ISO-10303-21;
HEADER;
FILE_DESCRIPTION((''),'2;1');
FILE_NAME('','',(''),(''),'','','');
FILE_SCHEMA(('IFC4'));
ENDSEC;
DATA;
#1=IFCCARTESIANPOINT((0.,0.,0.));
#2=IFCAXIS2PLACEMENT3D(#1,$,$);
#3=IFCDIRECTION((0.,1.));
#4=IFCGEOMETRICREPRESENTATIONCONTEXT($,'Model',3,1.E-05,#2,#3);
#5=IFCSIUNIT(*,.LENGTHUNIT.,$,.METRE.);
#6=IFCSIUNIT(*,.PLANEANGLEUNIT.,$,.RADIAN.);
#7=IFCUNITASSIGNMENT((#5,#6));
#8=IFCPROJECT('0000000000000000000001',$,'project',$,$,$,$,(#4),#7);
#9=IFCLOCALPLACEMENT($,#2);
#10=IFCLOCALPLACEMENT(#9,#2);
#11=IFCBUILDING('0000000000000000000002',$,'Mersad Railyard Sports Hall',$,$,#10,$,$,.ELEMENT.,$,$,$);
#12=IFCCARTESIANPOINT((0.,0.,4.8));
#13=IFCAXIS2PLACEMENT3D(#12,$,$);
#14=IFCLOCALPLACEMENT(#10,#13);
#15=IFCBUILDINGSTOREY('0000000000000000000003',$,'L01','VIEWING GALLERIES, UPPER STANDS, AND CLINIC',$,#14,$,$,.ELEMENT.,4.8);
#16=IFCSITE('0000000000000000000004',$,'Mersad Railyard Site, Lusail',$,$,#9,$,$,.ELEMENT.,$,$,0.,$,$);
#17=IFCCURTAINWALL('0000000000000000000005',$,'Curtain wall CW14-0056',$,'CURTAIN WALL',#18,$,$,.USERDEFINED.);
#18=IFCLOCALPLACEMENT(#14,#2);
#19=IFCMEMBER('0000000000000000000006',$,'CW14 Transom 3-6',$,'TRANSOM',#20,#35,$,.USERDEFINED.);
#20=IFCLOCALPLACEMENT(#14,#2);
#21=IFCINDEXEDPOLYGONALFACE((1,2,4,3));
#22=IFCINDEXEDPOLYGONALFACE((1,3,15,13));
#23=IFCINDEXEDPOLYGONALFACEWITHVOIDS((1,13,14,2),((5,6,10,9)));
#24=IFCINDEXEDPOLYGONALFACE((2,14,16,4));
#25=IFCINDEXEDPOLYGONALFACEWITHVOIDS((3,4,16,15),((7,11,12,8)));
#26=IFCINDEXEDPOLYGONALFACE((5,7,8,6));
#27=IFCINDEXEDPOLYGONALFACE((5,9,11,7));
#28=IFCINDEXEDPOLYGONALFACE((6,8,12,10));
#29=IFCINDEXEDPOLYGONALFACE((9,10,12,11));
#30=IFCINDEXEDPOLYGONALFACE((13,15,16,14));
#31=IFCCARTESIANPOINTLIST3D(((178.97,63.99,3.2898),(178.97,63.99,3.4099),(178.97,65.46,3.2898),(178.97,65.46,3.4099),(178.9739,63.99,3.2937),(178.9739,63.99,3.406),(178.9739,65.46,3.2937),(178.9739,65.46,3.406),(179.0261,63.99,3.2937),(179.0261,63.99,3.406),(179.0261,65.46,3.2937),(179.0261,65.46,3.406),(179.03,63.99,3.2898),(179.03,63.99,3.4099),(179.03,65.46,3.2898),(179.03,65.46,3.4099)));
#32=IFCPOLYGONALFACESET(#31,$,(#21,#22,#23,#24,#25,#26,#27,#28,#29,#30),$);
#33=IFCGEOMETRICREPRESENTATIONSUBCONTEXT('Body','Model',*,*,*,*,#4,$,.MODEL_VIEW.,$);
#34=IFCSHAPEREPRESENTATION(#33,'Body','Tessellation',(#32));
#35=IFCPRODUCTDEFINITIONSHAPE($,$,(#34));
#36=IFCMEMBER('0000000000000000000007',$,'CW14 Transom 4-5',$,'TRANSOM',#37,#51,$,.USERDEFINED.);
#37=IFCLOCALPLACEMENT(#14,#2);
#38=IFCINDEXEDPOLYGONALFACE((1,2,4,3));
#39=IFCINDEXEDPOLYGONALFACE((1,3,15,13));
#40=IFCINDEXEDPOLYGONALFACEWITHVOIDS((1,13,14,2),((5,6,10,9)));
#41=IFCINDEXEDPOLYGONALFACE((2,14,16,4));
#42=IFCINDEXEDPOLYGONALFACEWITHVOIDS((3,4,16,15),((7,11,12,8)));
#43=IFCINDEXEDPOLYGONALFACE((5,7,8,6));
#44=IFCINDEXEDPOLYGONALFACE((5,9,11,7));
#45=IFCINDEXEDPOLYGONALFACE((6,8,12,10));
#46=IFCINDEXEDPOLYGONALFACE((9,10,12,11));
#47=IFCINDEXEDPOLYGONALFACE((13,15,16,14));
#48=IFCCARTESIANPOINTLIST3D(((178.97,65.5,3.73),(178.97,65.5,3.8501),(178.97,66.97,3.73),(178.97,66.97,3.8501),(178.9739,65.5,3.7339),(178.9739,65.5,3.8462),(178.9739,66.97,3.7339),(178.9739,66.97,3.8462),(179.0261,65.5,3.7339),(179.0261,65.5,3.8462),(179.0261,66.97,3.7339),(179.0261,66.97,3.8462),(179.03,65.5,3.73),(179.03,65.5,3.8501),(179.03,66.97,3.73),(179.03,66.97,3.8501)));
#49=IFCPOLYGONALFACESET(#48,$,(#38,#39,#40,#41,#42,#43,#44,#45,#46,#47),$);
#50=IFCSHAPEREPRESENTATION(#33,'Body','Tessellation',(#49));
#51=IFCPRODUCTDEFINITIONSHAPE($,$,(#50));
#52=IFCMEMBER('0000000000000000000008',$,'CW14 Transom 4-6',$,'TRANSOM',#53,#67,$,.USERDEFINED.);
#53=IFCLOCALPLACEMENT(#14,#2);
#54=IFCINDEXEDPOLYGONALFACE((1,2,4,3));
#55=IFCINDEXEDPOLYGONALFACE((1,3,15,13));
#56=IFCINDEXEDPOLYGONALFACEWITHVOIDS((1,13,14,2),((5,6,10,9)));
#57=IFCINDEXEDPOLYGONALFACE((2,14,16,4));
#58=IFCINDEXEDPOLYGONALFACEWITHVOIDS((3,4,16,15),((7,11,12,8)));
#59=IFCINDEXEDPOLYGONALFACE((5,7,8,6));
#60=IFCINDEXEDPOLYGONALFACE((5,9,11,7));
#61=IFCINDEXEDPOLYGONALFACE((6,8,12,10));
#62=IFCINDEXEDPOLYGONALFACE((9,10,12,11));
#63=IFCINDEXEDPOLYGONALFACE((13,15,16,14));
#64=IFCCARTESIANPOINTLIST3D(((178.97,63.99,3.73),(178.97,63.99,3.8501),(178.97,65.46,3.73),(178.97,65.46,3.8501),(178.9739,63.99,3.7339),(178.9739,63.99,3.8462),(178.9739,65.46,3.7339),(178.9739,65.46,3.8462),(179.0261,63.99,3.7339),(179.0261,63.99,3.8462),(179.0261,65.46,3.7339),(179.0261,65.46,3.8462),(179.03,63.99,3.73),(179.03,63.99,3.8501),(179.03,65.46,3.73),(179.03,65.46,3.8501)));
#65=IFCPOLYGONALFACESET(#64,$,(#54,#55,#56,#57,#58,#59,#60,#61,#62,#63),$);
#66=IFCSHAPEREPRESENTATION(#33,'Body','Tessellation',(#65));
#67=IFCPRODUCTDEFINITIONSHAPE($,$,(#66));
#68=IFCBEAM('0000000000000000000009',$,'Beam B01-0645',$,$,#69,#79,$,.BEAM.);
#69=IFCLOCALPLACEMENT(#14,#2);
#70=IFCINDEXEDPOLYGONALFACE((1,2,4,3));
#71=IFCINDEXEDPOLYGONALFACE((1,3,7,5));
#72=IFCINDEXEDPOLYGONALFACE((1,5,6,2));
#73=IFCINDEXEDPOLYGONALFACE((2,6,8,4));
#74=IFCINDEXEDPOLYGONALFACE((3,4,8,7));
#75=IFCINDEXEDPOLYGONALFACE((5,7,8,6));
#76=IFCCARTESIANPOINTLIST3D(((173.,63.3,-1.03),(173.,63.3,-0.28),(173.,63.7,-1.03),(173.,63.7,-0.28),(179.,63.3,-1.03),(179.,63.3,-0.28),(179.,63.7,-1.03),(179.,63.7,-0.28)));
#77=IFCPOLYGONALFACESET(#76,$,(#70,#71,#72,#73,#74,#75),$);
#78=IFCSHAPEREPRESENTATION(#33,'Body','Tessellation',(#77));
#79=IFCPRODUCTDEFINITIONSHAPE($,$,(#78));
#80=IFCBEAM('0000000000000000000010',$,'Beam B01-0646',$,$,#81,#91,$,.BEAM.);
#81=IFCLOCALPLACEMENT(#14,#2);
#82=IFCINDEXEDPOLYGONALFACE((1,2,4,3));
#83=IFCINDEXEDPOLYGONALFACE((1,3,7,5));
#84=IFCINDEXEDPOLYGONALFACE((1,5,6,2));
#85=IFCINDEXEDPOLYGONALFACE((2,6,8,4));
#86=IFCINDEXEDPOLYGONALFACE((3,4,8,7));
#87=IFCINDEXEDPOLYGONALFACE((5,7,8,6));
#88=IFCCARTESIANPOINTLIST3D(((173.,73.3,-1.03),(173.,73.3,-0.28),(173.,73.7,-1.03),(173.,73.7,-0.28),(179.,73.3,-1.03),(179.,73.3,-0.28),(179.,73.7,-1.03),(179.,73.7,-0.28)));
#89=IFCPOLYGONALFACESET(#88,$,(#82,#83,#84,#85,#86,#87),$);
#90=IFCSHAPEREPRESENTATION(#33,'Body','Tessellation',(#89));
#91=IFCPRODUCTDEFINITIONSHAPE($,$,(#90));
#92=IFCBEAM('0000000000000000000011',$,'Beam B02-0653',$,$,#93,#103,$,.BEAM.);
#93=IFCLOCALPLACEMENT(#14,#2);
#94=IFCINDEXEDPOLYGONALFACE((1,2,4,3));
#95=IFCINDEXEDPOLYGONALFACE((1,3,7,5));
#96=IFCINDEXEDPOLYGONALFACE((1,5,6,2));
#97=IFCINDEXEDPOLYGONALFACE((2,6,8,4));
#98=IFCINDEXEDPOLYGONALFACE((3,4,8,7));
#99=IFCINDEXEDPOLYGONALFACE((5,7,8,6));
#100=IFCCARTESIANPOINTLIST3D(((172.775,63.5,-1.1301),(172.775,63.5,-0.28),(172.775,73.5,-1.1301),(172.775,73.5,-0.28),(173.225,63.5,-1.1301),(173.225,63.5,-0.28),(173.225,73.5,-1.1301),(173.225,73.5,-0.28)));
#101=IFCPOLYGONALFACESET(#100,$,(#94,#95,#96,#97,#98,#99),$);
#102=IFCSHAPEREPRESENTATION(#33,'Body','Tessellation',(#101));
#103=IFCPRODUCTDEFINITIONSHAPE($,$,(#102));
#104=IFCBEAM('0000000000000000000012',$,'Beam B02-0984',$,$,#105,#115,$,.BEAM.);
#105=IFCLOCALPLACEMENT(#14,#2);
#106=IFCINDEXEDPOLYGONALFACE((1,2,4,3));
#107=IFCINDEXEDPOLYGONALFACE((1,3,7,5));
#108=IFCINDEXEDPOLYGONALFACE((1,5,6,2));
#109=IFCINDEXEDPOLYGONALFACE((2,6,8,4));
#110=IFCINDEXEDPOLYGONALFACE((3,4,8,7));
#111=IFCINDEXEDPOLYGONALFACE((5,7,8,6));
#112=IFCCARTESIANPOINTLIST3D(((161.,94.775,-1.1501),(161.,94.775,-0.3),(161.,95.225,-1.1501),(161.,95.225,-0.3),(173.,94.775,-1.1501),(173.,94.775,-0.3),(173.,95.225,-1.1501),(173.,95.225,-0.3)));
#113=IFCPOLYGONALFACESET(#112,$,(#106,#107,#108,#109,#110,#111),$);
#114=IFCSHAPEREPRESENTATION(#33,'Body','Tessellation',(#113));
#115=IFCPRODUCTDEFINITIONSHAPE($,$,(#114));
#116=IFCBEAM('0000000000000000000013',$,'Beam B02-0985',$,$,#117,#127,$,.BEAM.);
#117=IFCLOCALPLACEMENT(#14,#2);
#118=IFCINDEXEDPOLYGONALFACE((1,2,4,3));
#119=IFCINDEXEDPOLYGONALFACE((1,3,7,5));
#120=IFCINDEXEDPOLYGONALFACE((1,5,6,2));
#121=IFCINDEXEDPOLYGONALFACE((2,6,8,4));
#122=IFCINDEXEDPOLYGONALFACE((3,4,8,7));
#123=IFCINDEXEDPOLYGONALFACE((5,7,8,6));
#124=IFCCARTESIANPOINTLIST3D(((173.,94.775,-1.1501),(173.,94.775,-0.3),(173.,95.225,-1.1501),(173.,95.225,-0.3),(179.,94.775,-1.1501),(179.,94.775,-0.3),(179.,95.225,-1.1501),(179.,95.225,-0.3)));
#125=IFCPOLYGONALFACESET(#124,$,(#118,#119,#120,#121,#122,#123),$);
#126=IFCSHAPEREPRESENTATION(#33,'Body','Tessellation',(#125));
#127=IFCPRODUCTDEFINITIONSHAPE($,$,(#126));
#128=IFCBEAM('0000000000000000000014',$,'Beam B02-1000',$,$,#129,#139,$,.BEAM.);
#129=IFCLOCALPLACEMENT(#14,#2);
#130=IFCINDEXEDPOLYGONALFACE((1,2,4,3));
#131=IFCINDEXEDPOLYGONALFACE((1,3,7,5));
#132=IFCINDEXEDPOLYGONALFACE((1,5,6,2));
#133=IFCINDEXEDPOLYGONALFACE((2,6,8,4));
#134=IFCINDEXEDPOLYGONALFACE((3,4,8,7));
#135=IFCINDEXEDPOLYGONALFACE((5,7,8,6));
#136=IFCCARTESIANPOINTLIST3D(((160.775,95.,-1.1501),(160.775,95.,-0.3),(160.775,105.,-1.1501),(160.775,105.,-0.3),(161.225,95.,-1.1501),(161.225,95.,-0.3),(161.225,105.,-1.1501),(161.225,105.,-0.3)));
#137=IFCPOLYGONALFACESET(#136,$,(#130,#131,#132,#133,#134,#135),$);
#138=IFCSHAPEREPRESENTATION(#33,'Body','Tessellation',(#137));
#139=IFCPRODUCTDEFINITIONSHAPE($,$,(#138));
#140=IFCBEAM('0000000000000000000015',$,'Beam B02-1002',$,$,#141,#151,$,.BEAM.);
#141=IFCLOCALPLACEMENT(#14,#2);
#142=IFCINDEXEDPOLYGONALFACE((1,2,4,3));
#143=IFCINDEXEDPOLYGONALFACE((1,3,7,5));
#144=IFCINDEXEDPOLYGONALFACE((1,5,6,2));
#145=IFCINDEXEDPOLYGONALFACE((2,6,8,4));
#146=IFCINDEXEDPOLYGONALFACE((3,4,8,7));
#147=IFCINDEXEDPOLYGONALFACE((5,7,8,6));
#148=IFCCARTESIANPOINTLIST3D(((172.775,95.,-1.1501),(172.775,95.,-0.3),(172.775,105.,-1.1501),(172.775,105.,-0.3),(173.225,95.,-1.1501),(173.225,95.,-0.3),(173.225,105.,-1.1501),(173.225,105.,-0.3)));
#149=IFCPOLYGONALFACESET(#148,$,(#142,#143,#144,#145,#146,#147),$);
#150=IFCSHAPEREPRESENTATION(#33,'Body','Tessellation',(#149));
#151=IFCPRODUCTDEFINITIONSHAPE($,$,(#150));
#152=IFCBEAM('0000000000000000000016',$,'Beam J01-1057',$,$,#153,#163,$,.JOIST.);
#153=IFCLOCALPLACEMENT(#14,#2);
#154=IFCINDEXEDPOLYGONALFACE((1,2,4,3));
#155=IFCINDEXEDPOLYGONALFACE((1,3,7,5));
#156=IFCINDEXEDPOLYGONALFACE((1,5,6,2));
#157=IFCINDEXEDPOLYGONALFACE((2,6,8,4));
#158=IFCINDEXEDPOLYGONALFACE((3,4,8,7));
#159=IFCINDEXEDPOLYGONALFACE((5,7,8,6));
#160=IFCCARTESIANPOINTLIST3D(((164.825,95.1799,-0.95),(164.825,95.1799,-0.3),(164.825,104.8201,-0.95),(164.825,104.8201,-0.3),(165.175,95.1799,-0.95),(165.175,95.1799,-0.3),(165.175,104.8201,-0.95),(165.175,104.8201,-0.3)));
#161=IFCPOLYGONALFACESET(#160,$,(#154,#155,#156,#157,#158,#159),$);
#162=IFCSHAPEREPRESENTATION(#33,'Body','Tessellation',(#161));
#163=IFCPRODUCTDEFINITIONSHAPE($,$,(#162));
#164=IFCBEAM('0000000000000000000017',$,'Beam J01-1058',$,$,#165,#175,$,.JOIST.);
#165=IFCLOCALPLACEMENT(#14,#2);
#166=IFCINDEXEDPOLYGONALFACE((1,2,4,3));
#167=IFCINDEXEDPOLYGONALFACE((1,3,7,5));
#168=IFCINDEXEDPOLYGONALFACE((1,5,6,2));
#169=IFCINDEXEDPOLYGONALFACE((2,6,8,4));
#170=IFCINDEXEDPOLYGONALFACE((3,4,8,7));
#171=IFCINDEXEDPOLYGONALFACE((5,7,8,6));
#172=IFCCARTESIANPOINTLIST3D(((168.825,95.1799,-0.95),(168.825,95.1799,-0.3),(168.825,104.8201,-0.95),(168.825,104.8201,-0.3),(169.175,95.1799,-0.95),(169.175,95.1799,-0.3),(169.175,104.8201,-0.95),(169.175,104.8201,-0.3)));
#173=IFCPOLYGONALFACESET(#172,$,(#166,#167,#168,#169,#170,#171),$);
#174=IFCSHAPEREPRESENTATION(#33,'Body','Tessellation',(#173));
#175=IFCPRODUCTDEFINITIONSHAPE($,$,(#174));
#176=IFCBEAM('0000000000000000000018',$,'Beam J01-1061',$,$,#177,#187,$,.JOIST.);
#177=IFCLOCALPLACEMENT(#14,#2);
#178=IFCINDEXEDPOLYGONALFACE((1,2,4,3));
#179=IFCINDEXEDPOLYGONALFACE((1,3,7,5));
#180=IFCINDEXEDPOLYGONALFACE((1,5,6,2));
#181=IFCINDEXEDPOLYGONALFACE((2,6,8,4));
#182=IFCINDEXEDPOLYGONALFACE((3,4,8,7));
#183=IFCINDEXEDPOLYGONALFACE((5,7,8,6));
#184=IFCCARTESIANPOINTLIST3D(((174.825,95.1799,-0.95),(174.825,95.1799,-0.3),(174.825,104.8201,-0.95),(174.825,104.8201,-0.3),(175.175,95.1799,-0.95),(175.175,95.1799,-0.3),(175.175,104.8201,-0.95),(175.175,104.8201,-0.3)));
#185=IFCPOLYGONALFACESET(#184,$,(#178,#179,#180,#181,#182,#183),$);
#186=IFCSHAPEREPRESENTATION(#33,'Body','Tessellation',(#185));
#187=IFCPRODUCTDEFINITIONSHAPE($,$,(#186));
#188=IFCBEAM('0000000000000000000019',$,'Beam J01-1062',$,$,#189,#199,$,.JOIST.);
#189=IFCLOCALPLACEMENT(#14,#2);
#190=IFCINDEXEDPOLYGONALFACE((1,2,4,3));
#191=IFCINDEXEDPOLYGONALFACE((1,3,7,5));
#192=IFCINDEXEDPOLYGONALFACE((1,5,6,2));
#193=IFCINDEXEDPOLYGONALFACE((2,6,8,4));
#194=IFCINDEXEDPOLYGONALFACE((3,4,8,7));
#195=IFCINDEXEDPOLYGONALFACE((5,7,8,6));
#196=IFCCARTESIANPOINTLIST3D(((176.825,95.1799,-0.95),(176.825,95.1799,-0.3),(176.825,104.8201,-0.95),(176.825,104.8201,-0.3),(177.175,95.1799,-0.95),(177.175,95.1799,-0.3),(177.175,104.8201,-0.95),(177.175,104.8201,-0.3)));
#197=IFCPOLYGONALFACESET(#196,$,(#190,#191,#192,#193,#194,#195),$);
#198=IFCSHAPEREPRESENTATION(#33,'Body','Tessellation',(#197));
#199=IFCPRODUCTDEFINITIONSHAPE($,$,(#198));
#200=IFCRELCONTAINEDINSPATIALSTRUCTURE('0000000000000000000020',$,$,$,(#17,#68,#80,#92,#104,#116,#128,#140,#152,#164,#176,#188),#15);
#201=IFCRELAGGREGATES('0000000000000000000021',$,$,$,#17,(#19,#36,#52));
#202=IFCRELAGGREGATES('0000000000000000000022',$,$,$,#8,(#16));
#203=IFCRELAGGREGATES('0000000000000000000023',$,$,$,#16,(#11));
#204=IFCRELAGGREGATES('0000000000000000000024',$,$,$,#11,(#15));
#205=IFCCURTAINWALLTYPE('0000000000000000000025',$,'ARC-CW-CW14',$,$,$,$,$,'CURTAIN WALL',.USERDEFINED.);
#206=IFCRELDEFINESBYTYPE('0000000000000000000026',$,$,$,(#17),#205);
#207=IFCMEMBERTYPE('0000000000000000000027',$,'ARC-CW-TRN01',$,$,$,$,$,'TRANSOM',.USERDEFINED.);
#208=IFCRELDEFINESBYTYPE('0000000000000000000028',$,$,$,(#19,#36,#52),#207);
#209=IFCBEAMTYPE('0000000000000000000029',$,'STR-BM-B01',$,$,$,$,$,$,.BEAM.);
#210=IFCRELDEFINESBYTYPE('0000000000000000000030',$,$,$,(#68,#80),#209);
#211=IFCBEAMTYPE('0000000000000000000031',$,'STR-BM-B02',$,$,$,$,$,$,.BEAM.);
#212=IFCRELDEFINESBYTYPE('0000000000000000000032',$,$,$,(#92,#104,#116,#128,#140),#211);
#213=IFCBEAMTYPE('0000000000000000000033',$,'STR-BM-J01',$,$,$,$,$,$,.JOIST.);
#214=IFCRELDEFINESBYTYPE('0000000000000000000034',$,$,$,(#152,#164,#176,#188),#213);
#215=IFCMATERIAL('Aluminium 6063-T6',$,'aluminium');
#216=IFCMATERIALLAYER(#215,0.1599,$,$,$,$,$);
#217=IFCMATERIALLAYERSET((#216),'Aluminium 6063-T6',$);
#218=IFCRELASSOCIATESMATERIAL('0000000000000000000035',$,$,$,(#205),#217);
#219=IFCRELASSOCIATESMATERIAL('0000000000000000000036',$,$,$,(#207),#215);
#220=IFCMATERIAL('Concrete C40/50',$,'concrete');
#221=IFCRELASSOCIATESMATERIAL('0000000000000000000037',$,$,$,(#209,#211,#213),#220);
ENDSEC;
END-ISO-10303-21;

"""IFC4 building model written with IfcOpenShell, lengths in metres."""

from ifc_helpers import new_model, si_unit, direction, frame, origin, origin_2d, place, context, subcontext, project, spatial, rectangle, hollow_rectangle, extrude, material, layer, layer_set, material_profile, profile_set, type_object, element, aggregate, save


model = new_model("IFC4")

# Units and contexts
model_context = context("Model", 3, precision=1e-05, world=origin(), true_north=direction((0.0, 1.0)))
body_context = subcontext(model_context, "Body", "Model", "MODEL_VIEW")
ifc_project = project(units=[si_unit("LENGTHUNIT", "METRE"), si_unit("PLANEANGLEUNIT", "RADIAN")], contexts=[model_context])

# Site, building, storey
site_placement = place(None, origin())
site = spatial("IfcSite", under=ifc_project, at=site_placement, Name="Mersad Railyard Site, Lusail", CompositionType="ELEMENT", RefElevation=0.0)
building_placement = place(site_placement, origin())
building = spatial("IfcBuilding", under=site, at=building_placement, Name="Mersad Railyard Sports Hall", CompositionType="ELEMENT")
storey_placement = place(building_placement, frame((0.0, 0.0, 4.8)))
storey = spatial("IfcBuildingStorey", under=building, at=storey_placement, Name="L01", Description="VIEWING GALLERIES, UPPER STANDS, AND CLINIC", CompositionType="ELEMENT", Elevation=4.8)

# Shared definitions
ifc_material_1 = material(Name="Concrete C40/50", Category="concrete")

# Curtain wall, members
ifc_material_2 = material(Name="Aluminium 6063-T6", Category="aluminium")
ifc_layer_1 = layer(ifc_material_2, 0.1599)
ifc_layer_set_1 = layer_set([ifc_layer_1], Name="Aluminium 6063-T6")
curtain_wall_type = type_object("IfcCurtainWallType", Name="ARC-CW-CW14", ElementType="CURTAIN WALL", PredefinedType="USERDEFINED", material=ifc_layer_set_1)
curtain_wall_placement = place(storey_placement, origin())
curtain_wall = element("IfcCurtainWall", 1, at=curtain_wall_placement, inside=storey, type_object=curtain_wall_type, Name="Curtain wall CW14-0056", ObjectType="CURTAIN WALL", PredefinedType="USERDEFINED")
ifc_material_profile_1 = material_profile(ifc_material_2, hollow_rectangle(XDim=0.0601, YDim=0.1201, WallThickness=0.0039, at=origin_2d()), Name="AL TRANSOM 60x120x4")
ifc_profile_set_1 = profile_set([ifc_material_profile_1], Name="Aluminium 6063-T6")
member_type_1 = type_object("IfcMemberType", Name="ARC-CW-TRN01", ElementType="TRANSOM", PredefinedType="USERDEFINED", material=ifc_profile_set_1)
member_1_placement = place(storey_placement, frame((179.0, 65.46, 3.3499), z_axis=(0.0, -1.0, 0.0), x_axis=(1.0, 0.0, 0.0)))
member_1 = element("IfcMember", 2, at=member_1_placement, type_object=member_type_1, Name="CW14 Transom 3-6", ObjectType="TRANSOM", PredefinedType="USERDEFINED", context=body_context, shape_type="SweptSolid", body=[
    extrude(hollow_rectangle(XDim=0.0601, YDim=0.1201, WallThickness=0.0039, at=origin_2d()), origin(), (0.0, 0.0, 1.0), 1.47),
])
member_2_placement = place(storey_placement, frame((179.0, 66.97, 3.79), z_axis=(0.0, -1.0, 0.0), x_axis=(1.0, 0.0, 0.0)))
member_2 = element("IfcMember", 3, at=member_2_placement, type_object=member_type_1, Name="CW14 Transom 4-5", ObjectType="TRANSOM", PredefinedType="USERDEFINED", context=body_context, shape_type="SweptSolid", body=[
    extrude(hollow_rectangle(XDim=0.0601, YDim=0.1201, WallThickness=0.0039, at=origin_2d()), origin(), (0.0, 0.0, 1.0), 1.47),
])
member_3_placement = place(storey_placement, frame((179.0, 65.46, 3.79), z_axis=(0.0, -1.0, 0.0), x_axis=(1.0, 0.0, 0.0)))
member_3 = element("IfcMember", 4, at=member_3_placement, type_object=member_type_1, Name="CW14 Transom 4-6", ObjectType="TRANSOM", PredefinedType="USERDEFINED", context=body_context, shape_type="SweptSolid", body=[
    extrude(hollow_rectangle(XDim=0.0601, YDim=0.1201, WallThickness=0.0039, at=origin_2d()), origin(), (0.0, 0.0, 1.0), 1.47),
])

# Beams
ifc_material_profile_2 = material_profile(ifc_material_1, rectangle(XDim=0.3999, YDim=0.75, at=origin_2d()), Name="RC 400x750")
ifc_profile_set_2 = profile_set([ifc_material_profile_2], Name="Concrete C40/50")
beam_type_1 = type_object("IfcBeamType", Name="STR-BM-B01", PredefinedType="BEAM", material=ifc_profile_set_2)
for number, where, z_axis, x_axis, name in (
    (5, (173.0, 63.5, -0.655), (1.0, 0.0, 0.0), (0.0, 1.0, 0.0), "Beam B01-0645"),
    (6, (173.0, 73.5, -0.655), (1.0, 0.0, 0.0), (0.0, 1.0, 0.0), "Beam B01-0646"),
):
    element("IfcBeam", number, at=place(storey_placement, frame(where, z_axis=z_axis, x_axis=x_axis)), inside=storey, type_object=beam_type_1, Name=name, PredefinedType="BEAM", context=body_context, shape_type="SweptSolid", body=[
        extrude(rectangle(XDim=0.3999, YDim=0.75, at=origin_2d()), origin(), (0.0, 0.0, 1.0), 6.0),
    ])
ifc_material_profile_3 = material_profile(ifc_material_1, rectangle(XDim=0.45, YDim=0.8501, at=origin_2d()), Name="RC 450x850")
ifc_profile_set_3 = profile_set([ifc_material_profile_3], Name="Concrete C40/50")
beam_type_2 = type_object("IfcBeamType", Name="STR-BM-B02", PredefinedType="BEAM", material=ifc_profile_set_3)
beam_1_placement = place(storey_placement, frame((173.0, 63.5, -0.7051), z_axis=(0.0, 1.0, 0.0), x_axis=(-1.0, 0.0, 0.0)))
element("IfcBeam", 7, at=beam_1_placement, inside=storey, type_object=beam_type_2, Name="Beam B02-0653", PredefinedType="BEAM", context=body_context, shape_type="SweptSolid", body=[
    extrude(rectangle(XDim=0.45, YDim=0.8501, at=origin_2d()), origin(), (0.0, 0.0, 1.0), 10.0),
])
beam_2_placement = place(storey_placement, frame((161.0, 95.0, -0.7251), z_axis=(1.0, 0.0, 0.0), x_axis=(0.0, 1.0, 0.0)))
element("IfcBeam", 8, at=beam_2_placement, inside=storey, type_object=beam_type_2, Name="Beam B02-0984", PredefinedType="BEAM", context=body_context, shape_type="SweptSolid", body=[
    extrude(rectangle(XDim=0.45, YDim=0.8501, at=origin_2d()), origin(), (0.0, 0.0, 1.0), 12.0),
])
beam_3_placement = place(storey_placement, frame((173.0, 95.0, -0.7251), z_axis=(1.0, 0.0, 0.0), x_axis=(0.0, 1.0, 0.0)))
element("IfcBeam", 9, at=beam_3_placement, inside=storey, type_object=beam_type_2, Name="Beam B02-0985", PredefinedType="BEAM", context=body_context, shape_type="SweptSolid", body=[
    extrude(rectangle(XDim=0.45, YDim=0.8501, at=origin_2d()), origin(), (0.0, 0.0, 1.0), 6.0),
])
for number, where, z_axis, x_axis, name in (
    (10, (161.0, 95.0, -0.7251), (0.0, 1.0, 0.0), (-1.0, 0.0, 0.0), "Beam B02-1000"),
    (11, (173.0, 95.0, -0.7251), (0.0, 1.0, 0.0), (-1.0, 0.0, 0.0), "Beam B02-1002"),
):
    element("IfcBeam", number, at=place(storey_placement, frame(where, z_axis=z_axis, x_axis=x_axis)), inside=storey, type_object=beam_type_2, Name=name, PredefinedType="BEAM", context=body_context, shape_type="SweptSolid", body=[
        extrude(rectangle(XDim=0.45, YDim=0.8501, at=origin_2d()), origin(), (0.0, 0.0, 1.0), 10.0),
    ])
ifc_material_profile_4 = material_profile(ifc_material_1, rectangle(XDim=0.3501, YDim=0.6499, at=origin_2d()), Name="RC 350x650")
ifc_profile_set_4 = profile_set([ifc_material_profile_4], Name="Concrete C40/50")
beam_type_3 = type_object("IfcBeamType", Name="STR-BM-J01", PredefinedType="JOIST", material=ifc_profile_set_4)
for number, where, z_axis, x_axis, name in (
    (12, (165.0, 95.1799, -0.625), (0.0, 1.0, 0.0), (-1.0, 0.0, 0.0), "Beam J01-1057"),
    (13, (169.0, 95.1799, -0.625), (0.0, 1.0, 0.0), (-1.0, 0.0, 0.0), "Beam J01-1058"),
    (14, (175.0, 95.1799, -0.625), (0.0, 1.0, 0.0), (-1.0, 0.0, 0.0), "Beam J01-1061"),
    (15, (177.0, 95.1799, -0.625), (0.0, 1.0, 0.0), (-1.0, 0.0, 0.0), "Beam J01-1062"),
):
    element("IfcBeam", number, at=place(storey_placement, frame(where, z_axis=z_axis, x_axis=x_axis)), inside=storey, type_object=beam_type_3, Name=name, PredefinedType="JOIST", context=body_context, shape_type="SweptSolid", body=[
        extrude(rectangle(XDim=0.3501, YDim=0.6499, at=origin_2d()), origin(), (0.0, 0.0, 1.0), 9.6401),
    ])

aggregate(curtain_wall, [member_1, member_2, member_3])

save(model, "model.ifc")
